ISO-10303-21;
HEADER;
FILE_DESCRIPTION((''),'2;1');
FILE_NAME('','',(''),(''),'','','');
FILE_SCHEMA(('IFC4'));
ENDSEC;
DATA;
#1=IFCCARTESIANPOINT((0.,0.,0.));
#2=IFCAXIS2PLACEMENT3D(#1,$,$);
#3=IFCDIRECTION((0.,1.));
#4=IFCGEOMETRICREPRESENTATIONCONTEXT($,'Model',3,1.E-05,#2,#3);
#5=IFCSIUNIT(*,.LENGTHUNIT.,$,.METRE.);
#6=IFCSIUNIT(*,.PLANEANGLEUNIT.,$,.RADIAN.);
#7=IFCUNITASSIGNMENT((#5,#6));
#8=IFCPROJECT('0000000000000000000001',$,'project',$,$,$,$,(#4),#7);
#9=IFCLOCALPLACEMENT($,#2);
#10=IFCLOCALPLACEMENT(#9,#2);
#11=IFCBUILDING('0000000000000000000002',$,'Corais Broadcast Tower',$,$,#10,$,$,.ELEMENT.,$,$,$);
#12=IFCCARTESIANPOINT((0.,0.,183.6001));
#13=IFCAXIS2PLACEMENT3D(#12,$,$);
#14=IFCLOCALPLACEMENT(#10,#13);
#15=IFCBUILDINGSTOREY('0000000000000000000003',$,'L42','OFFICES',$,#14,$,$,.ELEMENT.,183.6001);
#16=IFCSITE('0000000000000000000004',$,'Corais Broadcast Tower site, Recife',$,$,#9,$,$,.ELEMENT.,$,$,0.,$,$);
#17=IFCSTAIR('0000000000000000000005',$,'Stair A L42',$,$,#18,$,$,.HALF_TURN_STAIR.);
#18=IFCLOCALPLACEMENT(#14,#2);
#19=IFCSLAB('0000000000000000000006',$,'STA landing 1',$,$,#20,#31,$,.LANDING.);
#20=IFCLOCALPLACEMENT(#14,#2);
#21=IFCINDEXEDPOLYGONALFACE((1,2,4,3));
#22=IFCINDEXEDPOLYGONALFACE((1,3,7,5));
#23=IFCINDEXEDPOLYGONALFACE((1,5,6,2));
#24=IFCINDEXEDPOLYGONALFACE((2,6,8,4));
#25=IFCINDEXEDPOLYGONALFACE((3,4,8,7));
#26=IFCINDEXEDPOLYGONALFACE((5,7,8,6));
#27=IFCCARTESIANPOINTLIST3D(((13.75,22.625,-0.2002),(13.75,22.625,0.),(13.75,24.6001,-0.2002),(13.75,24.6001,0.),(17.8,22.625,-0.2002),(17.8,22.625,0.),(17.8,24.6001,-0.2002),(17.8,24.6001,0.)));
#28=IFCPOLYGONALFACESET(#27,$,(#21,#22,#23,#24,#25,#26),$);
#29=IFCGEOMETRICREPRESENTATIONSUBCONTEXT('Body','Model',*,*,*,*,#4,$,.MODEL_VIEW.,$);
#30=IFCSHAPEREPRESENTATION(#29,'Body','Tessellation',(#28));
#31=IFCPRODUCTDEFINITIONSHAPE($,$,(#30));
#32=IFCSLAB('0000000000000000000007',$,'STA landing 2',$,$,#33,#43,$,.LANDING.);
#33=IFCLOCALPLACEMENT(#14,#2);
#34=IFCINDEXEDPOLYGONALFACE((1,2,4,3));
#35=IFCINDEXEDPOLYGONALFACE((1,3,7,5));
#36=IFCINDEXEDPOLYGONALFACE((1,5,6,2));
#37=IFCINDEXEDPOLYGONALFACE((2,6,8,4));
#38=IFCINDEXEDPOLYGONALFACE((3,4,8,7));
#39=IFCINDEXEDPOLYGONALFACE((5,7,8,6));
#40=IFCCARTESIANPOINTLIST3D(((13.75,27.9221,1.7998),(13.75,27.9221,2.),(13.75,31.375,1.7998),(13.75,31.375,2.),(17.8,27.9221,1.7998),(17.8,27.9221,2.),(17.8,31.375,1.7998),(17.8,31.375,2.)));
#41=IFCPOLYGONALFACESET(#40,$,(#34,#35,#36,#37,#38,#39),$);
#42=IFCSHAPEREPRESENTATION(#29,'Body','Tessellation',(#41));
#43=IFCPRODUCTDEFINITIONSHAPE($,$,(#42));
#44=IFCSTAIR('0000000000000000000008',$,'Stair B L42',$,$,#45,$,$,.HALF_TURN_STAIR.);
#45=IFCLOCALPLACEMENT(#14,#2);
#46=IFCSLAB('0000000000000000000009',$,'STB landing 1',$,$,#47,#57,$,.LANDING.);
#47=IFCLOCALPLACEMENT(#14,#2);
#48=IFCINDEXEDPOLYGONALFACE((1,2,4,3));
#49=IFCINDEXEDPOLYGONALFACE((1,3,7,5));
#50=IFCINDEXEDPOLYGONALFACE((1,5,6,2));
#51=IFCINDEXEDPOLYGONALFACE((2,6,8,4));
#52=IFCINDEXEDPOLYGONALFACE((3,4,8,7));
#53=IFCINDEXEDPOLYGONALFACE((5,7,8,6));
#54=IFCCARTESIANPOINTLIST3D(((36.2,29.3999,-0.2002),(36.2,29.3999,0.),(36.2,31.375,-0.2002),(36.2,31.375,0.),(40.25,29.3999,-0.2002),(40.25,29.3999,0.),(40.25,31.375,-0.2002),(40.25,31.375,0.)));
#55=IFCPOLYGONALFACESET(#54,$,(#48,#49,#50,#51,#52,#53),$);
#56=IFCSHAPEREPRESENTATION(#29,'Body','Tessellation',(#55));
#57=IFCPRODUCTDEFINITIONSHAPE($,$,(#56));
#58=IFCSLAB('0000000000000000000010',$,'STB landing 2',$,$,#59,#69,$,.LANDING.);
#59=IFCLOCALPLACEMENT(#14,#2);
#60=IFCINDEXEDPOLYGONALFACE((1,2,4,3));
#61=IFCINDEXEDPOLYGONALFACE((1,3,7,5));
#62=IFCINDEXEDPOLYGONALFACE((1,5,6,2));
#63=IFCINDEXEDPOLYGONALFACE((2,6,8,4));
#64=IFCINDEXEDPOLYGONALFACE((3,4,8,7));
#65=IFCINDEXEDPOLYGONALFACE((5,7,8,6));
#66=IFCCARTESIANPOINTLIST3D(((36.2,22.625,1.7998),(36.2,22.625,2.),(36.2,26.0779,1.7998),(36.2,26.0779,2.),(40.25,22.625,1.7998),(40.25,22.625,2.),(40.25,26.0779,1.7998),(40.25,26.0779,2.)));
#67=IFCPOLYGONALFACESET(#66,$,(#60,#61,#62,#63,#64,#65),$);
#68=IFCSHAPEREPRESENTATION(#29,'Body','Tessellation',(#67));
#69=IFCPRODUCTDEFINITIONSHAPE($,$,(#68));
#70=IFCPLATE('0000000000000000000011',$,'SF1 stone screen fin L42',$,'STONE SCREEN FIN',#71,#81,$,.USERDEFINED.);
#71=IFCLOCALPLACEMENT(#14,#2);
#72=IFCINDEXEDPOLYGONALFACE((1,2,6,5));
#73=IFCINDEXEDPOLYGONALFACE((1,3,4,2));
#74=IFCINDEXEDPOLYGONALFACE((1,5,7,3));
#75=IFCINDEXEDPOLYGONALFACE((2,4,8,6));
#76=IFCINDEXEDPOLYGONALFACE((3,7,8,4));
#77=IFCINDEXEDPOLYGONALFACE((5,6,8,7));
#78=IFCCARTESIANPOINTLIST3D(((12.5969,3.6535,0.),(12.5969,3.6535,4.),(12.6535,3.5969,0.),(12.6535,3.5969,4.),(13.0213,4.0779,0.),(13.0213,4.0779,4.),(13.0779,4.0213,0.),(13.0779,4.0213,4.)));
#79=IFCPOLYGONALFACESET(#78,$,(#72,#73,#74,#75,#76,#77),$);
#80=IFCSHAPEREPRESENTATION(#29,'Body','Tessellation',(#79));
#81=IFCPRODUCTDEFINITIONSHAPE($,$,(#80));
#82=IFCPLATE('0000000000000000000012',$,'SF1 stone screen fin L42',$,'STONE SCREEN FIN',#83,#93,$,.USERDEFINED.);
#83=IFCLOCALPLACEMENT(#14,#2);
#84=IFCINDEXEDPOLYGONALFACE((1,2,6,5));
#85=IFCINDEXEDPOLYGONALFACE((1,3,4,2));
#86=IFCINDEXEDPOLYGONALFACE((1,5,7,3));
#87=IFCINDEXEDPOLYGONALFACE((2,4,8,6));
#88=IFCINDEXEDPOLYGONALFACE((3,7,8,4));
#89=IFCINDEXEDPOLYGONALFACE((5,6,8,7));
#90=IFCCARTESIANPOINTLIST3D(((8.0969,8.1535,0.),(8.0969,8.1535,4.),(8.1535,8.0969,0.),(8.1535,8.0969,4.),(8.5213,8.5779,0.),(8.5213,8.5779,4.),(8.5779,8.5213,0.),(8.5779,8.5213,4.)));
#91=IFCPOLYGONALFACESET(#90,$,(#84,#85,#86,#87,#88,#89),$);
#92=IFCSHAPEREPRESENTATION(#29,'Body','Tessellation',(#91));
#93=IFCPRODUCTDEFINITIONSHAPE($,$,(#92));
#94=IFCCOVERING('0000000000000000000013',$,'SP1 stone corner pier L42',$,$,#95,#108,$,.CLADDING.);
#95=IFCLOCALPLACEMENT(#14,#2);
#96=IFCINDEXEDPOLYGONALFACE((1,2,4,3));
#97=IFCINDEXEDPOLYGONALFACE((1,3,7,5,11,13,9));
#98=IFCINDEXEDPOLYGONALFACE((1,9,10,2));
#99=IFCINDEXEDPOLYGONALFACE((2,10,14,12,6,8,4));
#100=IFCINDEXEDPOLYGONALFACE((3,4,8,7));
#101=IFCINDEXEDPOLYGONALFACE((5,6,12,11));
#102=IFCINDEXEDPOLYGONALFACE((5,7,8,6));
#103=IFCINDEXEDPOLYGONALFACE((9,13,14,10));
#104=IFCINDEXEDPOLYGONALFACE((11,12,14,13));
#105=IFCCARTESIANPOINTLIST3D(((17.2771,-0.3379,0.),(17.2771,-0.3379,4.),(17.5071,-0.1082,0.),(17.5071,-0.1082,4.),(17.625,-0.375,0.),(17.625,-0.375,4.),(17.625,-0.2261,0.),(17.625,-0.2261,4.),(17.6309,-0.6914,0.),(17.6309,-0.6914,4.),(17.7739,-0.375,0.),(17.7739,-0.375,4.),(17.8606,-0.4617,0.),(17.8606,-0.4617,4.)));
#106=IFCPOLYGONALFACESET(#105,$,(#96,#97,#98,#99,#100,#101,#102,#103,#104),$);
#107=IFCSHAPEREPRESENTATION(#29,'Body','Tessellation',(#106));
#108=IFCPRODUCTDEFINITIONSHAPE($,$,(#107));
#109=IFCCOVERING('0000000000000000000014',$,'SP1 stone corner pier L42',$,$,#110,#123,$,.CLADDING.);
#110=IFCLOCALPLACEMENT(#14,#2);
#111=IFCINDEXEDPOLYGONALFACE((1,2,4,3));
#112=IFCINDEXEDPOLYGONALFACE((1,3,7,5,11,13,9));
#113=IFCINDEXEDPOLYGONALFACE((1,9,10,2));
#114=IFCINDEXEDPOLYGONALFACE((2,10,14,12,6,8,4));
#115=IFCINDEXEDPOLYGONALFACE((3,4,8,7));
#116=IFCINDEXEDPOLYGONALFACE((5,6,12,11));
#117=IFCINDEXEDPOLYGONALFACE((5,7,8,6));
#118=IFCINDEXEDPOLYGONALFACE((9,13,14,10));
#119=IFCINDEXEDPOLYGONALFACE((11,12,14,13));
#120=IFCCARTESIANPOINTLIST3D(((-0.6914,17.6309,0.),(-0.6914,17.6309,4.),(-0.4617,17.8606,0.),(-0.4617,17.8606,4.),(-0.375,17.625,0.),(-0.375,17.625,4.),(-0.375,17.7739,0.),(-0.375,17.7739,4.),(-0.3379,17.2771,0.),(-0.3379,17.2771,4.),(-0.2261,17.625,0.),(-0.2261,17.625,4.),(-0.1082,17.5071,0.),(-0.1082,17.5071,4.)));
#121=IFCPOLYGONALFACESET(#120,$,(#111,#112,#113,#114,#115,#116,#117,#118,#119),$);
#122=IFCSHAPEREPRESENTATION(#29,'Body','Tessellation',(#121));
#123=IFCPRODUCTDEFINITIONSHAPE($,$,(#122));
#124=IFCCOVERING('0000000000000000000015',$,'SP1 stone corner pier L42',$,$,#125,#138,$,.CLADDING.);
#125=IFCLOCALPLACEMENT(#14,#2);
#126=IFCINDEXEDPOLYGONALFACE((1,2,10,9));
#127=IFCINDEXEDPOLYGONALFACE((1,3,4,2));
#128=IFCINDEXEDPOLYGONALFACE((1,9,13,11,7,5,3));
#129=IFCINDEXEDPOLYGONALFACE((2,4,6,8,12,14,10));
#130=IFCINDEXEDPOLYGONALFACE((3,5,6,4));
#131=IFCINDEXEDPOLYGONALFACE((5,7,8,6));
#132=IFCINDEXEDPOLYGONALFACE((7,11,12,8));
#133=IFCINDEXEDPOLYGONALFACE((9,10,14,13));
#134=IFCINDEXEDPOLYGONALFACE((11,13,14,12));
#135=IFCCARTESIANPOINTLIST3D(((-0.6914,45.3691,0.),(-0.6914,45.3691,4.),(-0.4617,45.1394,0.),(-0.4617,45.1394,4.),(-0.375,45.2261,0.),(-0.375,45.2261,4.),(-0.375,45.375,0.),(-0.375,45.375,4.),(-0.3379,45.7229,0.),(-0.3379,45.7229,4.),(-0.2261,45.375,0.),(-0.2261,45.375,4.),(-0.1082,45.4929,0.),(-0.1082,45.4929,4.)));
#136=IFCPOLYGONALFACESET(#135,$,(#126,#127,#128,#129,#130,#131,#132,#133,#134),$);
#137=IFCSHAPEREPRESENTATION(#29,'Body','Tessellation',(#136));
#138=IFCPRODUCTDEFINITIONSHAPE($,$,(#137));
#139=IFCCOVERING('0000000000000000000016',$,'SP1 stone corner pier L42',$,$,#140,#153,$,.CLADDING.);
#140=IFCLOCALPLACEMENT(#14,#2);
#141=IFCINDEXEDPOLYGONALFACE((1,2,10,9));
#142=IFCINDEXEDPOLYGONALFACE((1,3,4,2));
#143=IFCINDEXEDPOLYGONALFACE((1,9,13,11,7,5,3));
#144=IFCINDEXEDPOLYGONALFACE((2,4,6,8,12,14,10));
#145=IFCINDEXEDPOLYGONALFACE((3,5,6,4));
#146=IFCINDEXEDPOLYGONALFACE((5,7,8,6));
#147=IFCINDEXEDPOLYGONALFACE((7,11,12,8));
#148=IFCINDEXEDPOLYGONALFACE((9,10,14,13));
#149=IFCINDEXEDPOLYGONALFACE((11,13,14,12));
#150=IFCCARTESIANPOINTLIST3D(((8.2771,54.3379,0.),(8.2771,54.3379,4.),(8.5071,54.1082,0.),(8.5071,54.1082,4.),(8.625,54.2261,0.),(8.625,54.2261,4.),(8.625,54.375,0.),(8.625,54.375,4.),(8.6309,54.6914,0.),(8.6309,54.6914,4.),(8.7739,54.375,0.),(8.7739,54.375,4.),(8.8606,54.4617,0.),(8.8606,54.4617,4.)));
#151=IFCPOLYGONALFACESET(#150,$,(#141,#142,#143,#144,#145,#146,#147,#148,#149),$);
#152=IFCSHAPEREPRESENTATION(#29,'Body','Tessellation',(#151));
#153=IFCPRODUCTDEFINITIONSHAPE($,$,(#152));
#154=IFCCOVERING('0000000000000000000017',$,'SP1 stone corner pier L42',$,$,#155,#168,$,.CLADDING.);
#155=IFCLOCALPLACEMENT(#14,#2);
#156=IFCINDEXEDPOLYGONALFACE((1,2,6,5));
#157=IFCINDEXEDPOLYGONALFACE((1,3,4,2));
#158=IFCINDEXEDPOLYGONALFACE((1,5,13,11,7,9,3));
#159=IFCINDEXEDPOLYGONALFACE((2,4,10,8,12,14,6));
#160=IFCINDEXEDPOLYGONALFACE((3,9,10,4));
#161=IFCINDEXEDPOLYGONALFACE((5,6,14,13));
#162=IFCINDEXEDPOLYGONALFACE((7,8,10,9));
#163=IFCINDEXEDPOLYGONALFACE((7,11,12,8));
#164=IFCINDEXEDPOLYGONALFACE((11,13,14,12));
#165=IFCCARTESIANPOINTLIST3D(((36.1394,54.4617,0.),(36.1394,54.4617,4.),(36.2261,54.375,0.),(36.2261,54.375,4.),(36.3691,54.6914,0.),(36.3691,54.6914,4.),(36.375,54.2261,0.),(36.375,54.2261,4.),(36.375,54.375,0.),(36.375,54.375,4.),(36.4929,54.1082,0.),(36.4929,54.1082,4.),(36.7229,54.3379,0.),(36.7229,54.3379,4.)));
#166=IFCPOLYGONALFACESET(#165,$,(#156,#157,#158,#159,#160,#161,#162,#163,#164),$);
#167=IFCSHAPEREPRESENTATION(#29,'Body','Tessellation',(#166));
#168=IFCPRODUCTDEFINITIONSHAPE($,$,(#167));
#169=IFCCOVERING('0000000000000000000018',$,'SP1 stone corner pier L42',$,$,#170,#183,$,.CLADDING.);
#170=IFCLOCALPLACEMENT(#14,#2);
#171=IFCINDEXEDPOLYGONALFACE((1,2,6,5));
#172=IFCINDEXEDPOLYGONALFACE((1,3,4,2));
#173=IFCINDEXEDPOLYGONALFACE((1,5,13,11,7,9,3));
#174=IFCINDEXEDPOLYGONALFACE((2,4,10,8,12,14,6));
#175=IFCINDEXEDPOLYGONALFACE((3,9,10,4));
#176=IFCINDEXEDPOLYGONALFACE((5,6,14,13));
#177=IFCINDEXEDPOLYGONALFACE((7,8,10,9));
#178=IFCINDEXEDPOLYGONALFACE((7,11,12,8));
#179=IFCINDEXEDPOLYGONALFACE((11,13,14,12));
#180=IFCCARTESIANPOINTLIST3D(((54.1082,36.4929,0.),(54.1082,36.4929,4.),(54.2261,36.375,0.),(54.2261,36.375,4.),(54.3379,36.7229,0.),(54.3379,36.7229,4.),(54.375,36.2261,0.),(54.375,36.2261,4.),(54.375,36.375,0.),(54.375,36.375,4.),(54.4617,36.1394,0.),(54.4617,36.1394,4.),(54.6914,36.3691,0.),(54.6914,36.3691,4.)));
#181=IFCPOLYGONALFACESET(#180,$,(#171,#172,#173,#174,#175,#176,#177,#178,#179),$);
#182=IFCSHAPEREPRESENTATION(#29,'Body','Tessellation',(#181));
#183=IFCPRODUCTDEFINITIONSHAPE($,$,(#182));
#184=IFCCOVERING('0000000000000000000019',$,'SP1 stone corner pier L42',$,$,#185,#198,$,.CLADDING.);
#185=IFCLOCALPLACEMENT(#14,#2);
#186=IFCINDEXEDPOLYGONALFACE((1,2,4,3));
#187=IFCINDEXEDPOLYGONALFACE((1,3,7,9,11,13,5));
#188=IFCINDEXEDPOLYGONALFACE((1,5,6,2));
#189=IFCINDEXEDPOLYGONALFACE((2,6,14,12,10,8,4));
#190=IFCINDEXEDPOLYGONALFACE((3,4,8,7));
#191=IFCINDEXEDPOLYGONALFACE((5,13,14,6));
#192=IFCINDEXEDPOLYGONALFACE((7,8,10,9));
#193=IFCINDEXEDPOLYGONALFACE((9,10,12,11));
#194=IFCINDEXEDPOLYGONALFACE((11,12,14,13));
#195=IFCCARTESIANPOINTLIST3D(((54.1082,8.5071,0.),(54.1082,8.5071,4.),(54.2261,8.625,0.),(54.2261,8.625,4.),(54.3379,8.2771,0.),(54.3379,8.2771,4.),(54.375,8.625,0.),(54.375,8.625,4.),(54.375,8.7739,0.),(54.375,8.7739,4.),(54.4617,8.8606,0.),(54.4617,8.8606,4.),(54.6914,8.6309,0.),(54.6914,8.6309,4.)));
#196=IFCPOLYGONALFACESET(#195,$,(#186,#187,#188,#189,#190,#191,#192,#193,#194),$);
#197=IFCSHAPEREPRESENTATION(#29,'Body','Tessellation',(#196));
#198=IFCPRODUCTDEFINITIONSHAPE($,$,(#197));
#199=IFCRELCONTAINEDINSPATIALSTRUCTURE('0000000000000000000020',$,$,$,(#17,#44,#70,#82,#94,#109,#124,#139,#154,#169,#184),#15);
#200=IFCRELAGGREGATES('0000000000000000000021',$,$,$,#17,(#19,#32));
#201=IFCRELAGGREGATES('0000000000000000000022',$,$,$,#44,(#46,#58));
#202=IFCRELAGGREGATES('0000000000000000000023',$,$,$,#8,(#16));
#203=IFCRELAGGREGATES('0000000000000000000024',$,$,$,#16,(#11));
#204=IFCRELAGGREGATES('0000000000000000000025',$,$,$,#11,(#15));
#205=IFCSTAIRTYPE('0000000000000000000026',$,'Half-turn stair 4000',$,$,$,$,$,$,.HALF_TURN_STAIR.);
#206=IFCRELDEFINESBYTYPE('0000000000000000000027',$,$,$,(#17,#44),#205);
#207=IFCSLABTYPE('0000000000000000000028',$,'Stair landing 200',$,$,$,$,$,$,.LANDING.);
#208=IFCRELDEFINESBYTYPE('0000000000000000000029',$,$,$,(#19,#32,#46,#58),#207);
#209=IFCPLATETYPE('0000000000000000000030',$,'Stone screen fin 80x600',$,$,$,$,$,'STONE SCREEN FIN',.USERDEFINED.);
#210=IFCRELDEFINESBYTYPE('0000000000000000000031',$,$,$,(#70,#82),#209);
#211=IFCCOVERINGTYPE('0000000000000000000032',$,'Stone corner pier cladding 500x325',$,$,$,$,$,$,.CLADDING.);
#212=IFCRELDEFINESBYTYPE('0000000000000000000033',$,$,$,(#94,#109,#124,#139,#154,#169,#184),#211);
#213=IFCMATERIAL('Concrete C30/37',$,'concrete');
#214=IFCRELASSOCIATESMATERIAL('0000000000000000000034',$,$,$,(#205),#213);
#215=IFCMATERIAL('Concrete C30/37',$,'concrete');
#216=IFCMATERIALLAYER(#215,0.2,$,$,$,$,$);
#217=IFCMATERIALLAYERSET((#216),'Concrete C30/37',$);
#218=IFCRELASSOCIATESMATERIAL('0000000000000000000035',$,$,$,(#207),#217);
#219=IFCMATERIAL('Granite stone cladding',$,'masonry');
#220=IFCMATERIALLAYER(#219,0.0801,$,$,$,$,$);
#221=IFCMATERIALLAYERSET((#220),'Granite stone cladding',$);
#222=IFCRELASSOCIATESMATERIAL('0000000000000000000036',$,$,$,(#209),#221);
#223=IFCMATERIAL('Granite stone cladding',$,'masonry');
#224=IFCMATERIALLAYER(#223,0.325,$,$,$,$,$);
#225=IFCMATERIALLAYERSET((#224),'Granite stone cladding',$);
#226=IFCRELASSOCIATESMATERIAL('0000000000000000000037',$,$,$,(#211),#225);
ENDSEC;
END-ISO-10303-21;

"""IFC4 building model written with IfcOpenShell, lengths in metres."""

from ifc_helpers import new_model, si_unit, direction, frame, origin, origin_2d, place, context, subcontext, project, spatial, polyline, rectangle, outline, extrude, material, layer, layer_set, type_object, element, aggregate, save


model = new_model("IFC4")

# Units and contexts
model_context = context("Model", 3, precision=1e-05, world=origin(), true_north=direction((0.0, 1.0)))
body_context = subcontext(model_context, "Body", "Model", "MODEL_VIEW")
ifc_project = project(units=[si_unit("LENGTHUNIT", "METRE"), si_unit("PLANEANGLEUNIT", "RADIAN")], contexts=[model_context])

# Site, building, storey
site_placement = place(None, origin())
site = spatial("IfcSite", under=ifc_project, at=site_placement, Name="Corais Broadcast Tower site, Recife", CompositionType="ELEMENT", RefElevation=0.0)
building_placement = place(site_placement, origin())
building = spatial("IfcBuilding", under=site, at=building_placement, Name="Corais Broadcast Tower", CompositionType="ELEMENT")
storey_placement = place(building_placement, frame((0.0, 0.0, 183.6001)))
storey = spatial("IfcBuildingStorey", under=building, at=storey_placement, Name="L42", Description="OFFICES", CompositionType="ELEMENT", Elevation=183.6001)

# Stairs, slabs
ifc_material_1 = material(Name="Concrete C30/37", Category="concrete")
stair_type = type_object("IfcStairType", Name="Half-turn stair 4000", PredefinedType="HALF_TURN_STAIR", material=ifc_material_1)
stair_1_placement = place(storey_placement, origin())
stair_1 = element("IfcStair", 1, at=stair_1_placement, inside=storey, type_object=stair_type, Name="Stair A L42", PredefinedType="HALF_TURN_STAIR")
ifc_material_2 = material(Name="Concrete C30/37", Category="concrete")
ifc_layer_1 = layer(ifc_material_2, 0.2)
ifc_layer_set_1 = layer_set([ifc_layer_1], Name="Concrete C30/37")
slab_type_1 = type_object("IfcSlabType", Name="Stair landing 200", PredefinedType="LANDING", material=ifc_layer_set_1)
slab_1_placement = place(storey_placement, frame((0.0, 0.0, -0.2002)))
slab_1 = element("IfcSlab", 2, at=slab_1_placement, type_object=slab_type_1, Name="STA landing 1", PredefinedType="LANDING", context=body_context, shape_type="SweptSolid", body=[
    extrude(outline(polyline([(13.75, 22.625), (17.8, 22.625), (17.8, 24.6001), (13.75, 24.6001), (13.75, 22.625)])), origin(), (0.0, 0.0, 1.0), 0.2002),
])
slab_2_placement = place(storey_placement, frame((0.0, 0.0, 1.7998)))
slab_2 = element("IfcSlab", 3, at=slab_2_placement, type_object=slab_type_1, Name="STA landing 2", PredefinedType="LANDING", context=body_context, shape_type="SweptSolid", body=[
    extrude(outline(polyline([(13.75, 27.9221), (17.8, 27.9221), (17.8, 31.375), (13.75, 31.375), (13.75, 27.9221)])), origin(), (0.0, 0.0, 1.0), 0.2002),
])
aggregate(stair_1, [slab_1, slab_2])
stair_2_placement = place(storey_placement, origin())
stair_2 = element("IfcStair", 4, at=stair_2_placement, inside=storey, type_object=stair_type, Name="Stair B L42", PredefinedType="HALF_TURN_STAIR")
slab_3_placement = place(storey_placement, frame((0.0, 0.0, -0.2002)))
slab_3 = element("IfcSlab", 5, at=slab_3_placement, type_object=slab_type_1, Name="STB landing 1", PredefinedType="LANDING", context=body_context, shape_type="SweptSolid", body=[
    extrude(outline(polyline([(36.2, 29.3999), (40.25, 29.3999), (40.25, 31.375), (36.2, 31.375), (36.2, 29.3999)])), origin(), (0.0, 0.0, 1.0), 0.2002),
])
slab_4_placement = place(storey_placement, frame((0.0, 0.0, 1.7998)))
slab_4 = element("IfcSlab", 6, at=slab_4_placement, type_object=slab_type_1, Name="STB landing 2", PredefinedType="LANDING", context=body_context, shape_type="SweptSolid", body=[
    extrude(outline(polyline([(36.2, 22.625), (40.25, 22.625), (40.25, 26.0779), (36.2, 26.0779), (36.2, 22.625)])), origin(), (0.0, 0.0, 1.0), 0.2002),
])
aggregate(stair_2, [slab_3, slab_4])

# Plates
ifc_material_3 = material(Name="Granite stone cladding", Category="masonry")
ifc_layer_2 = layer(ifc_material_3, 0.0801)
ifc_layer_set_2 = layer_set([ifc_layer_2], Name="Granite stone cladding")
plate_type_1 = type_object("IfcPlateType", Name="Stone screen fin 80x600", ElementType="STONE SCREEN FIN", PredefinedType="USERDEFINED", material=ifc_layer_set_2)
for number, where, z_axis, x_axis, name in (
    (7, (12.8374, 3.8374, 0.0), (0.0, 0.0, 1.0), (-0.707107, 0.707107, 0.0), "SF1 stone screen fin L42"),
    (8, (8.3374, 8.3374, 0.0), (0.0, 0.0, 1.0), (-0.707107, 0.707107, 0.0), "SF1 stone screen fin L42"),
):
    element("IfcPlate", number, at=place(storey_placement, frame(where, z_axis=z_axis, x_axis=x_axis)), inside=storey, type_object=plate_type_1, Name=name, ObjectType="STONE SCREEN FIN", PredefinedType="USERDEFINED", context=body_context, shape_type="SweptSolid", body=[
        extrude(rectangle(XDim=0.0801, YDim=0.6001, at=origin_2d()), origin(), (0.0, 0.0, 1.0), 4.0),
    ])

# Coverings
ifc_material_4 = material(Name="Granite stone cladding", Category="masonry")
ifc_layer_3 = layer(ifc_material_4, 0.325)
ifc_layer_set_3 = layer_set([ifc_layer_3], Name="Granite stone cladding")
covering_type_1 = type_object("IfcCoveringType", Name="Stone corner pier cladding 500x325", PredefinedType="CLADDING", material=ifc_layer_set_3)
covering_1_placement = place(storey_placement, origin())
element("IfcCovering", 9, at=covering_1_placement, inside=storey, type_object=covering_type_1, Name="SP1 stone corner pier L42", PredefinedType="CLADDING", context=body_context, shape_type="SweptSolid", body=[
    extrude(outline(polyline([(17.8606, -0.4617), (17.7739, -0.375), (17.625, -0.375), (17.625, -0.2261), (17.5071, -0.1082), (17.2771, -0.3379), (17.6309, -0.6914), (17.8606, -0.4617)])), origin(), (0.0, 0.0, 1.0), 4.0),
])
covering_2_placement = place(storey_placement, origin())
element("IfcCovering", 10, at=covering_2_placement, inside=storey, type_object=covering_type_1, Name="SP1 stone corner pier L42", PredefinedType="CLADDING", context=body_context, shape_type="SweptSolid", body=[
    extrude(outline(polyline([(-0.375, 17.7739), (-0.4617, 17.8606), (-0.6914, 17.6309), (-0.3379, 17.2771), (-0.1082, 17.5071), (-0.2261, 17.625), (-0.375, 17.625), (-0.375, 17.7739)])), origin(), (0.0, 0.0, 1.0), 4.0),
])
covering_3_placement = place(storey_placement, origin())
element("IfcCovering", 11, at=covering_3_placement, inside=storey, type_object=covering_type_1, Name="SP1 stone corner pier L42", PredefinedType="CLADDING", context=body_context, shape_type="SweptSolid", body=[
    extrude(outline(polyline([(-0.4617, 45.1394), (-0.375, 45.2261), (-0.375, 45.375), (-0.2261, 45.375), (-0.1082, 45.4929), (-0.3379, 45.7229), (-0.6914, 45.3691), (-0.4617, 45.1394)])), origin(), (0.0, 0.0, 1.0), 4.0),
])
covering_4_placement = place(storey_placement, origin())
element("IfcCovering", 12, at=covering_4_placement, inside=storey, type_object=covering_type_1, Name="SP1 stone corner pier L42", PredefinedType="CLADDING", context=body_context, shape_type="SweptSolid", body=[
    extrude(outline(polyline([(8.7739, 54.375), (8.8606, 54.4617), (8.6309, 54.6914), (8.2771, 54.3379), (8.5071, 54.1082), (8.625, 54.2261), (8.625, 54.375), (8.7739, 54.375)])), origin(), (0.0, 0.0, 1.0), 4.0),
])
covering_5_placement = place(storey_placement, origin())
element("IfcCovering", 13, at=covering_5_placement, inside=storey, type_object=covering_type_1, Name="SP1 stone corner pier L42", PredefinedType="CLADDING", context=body_context, shape_type="SweptSolid", body=[
    extrude(outline(polyline([(36.1394, 54.4617), (36.2261, 54.375), (36.375, 54.375), (36.375, 54.2261), (36.4929, 54.1082), (36.7229, 54.3379), (36.3691, 54.6914), (36.1394, 54.4617)])), origin(), (0.0, 0.0, 1.0), 4.0),
])
covering_6_placement = place(storey_placement, origin())
element("IfcCovering", 14, at=covering_6_placement, inside=storey, type_object=covering_type_1, Name="SP1 stone corner pier L42", PredefinedType="CLADDING", context=body_context, shape_type="SweptSolid", body=[
    extrude(outline(polyline([(54.375, 36.2261), (54.4617, 36.1394), (54.6914, 36.3691), (54.3379, 36.7229), (54.1082, 36.4929), (54.2261, 36.375), (54.375, 36.375), (54.375, 36.2261)])), origin(), (0.0, 0.0, 1.0), 4.0),
])
covering_7_placement = place(storey_placement, origin())
element("IfcCovering", 15, at=covering_7_placement, inside=storey, type_object=covering_type_1, Name="SP1 stone corner pier L42", PredefinedType="CLADDING", context=body_context, shape_type="SweptSolid", body=[
    extrude(outline(polyline([(54.4617, 8.8606), (54.375, 8.7739), (54.375, 8.625), (54.2261, 8.625), (54.1082, 8.5071), (54.3379, 8.2771), (54.6914, 8.6309), (54.4617, 8.8606)])), origin(), (0.0, 0.0, 1.0), 4.0),
])

save(model, "model.ifc")
